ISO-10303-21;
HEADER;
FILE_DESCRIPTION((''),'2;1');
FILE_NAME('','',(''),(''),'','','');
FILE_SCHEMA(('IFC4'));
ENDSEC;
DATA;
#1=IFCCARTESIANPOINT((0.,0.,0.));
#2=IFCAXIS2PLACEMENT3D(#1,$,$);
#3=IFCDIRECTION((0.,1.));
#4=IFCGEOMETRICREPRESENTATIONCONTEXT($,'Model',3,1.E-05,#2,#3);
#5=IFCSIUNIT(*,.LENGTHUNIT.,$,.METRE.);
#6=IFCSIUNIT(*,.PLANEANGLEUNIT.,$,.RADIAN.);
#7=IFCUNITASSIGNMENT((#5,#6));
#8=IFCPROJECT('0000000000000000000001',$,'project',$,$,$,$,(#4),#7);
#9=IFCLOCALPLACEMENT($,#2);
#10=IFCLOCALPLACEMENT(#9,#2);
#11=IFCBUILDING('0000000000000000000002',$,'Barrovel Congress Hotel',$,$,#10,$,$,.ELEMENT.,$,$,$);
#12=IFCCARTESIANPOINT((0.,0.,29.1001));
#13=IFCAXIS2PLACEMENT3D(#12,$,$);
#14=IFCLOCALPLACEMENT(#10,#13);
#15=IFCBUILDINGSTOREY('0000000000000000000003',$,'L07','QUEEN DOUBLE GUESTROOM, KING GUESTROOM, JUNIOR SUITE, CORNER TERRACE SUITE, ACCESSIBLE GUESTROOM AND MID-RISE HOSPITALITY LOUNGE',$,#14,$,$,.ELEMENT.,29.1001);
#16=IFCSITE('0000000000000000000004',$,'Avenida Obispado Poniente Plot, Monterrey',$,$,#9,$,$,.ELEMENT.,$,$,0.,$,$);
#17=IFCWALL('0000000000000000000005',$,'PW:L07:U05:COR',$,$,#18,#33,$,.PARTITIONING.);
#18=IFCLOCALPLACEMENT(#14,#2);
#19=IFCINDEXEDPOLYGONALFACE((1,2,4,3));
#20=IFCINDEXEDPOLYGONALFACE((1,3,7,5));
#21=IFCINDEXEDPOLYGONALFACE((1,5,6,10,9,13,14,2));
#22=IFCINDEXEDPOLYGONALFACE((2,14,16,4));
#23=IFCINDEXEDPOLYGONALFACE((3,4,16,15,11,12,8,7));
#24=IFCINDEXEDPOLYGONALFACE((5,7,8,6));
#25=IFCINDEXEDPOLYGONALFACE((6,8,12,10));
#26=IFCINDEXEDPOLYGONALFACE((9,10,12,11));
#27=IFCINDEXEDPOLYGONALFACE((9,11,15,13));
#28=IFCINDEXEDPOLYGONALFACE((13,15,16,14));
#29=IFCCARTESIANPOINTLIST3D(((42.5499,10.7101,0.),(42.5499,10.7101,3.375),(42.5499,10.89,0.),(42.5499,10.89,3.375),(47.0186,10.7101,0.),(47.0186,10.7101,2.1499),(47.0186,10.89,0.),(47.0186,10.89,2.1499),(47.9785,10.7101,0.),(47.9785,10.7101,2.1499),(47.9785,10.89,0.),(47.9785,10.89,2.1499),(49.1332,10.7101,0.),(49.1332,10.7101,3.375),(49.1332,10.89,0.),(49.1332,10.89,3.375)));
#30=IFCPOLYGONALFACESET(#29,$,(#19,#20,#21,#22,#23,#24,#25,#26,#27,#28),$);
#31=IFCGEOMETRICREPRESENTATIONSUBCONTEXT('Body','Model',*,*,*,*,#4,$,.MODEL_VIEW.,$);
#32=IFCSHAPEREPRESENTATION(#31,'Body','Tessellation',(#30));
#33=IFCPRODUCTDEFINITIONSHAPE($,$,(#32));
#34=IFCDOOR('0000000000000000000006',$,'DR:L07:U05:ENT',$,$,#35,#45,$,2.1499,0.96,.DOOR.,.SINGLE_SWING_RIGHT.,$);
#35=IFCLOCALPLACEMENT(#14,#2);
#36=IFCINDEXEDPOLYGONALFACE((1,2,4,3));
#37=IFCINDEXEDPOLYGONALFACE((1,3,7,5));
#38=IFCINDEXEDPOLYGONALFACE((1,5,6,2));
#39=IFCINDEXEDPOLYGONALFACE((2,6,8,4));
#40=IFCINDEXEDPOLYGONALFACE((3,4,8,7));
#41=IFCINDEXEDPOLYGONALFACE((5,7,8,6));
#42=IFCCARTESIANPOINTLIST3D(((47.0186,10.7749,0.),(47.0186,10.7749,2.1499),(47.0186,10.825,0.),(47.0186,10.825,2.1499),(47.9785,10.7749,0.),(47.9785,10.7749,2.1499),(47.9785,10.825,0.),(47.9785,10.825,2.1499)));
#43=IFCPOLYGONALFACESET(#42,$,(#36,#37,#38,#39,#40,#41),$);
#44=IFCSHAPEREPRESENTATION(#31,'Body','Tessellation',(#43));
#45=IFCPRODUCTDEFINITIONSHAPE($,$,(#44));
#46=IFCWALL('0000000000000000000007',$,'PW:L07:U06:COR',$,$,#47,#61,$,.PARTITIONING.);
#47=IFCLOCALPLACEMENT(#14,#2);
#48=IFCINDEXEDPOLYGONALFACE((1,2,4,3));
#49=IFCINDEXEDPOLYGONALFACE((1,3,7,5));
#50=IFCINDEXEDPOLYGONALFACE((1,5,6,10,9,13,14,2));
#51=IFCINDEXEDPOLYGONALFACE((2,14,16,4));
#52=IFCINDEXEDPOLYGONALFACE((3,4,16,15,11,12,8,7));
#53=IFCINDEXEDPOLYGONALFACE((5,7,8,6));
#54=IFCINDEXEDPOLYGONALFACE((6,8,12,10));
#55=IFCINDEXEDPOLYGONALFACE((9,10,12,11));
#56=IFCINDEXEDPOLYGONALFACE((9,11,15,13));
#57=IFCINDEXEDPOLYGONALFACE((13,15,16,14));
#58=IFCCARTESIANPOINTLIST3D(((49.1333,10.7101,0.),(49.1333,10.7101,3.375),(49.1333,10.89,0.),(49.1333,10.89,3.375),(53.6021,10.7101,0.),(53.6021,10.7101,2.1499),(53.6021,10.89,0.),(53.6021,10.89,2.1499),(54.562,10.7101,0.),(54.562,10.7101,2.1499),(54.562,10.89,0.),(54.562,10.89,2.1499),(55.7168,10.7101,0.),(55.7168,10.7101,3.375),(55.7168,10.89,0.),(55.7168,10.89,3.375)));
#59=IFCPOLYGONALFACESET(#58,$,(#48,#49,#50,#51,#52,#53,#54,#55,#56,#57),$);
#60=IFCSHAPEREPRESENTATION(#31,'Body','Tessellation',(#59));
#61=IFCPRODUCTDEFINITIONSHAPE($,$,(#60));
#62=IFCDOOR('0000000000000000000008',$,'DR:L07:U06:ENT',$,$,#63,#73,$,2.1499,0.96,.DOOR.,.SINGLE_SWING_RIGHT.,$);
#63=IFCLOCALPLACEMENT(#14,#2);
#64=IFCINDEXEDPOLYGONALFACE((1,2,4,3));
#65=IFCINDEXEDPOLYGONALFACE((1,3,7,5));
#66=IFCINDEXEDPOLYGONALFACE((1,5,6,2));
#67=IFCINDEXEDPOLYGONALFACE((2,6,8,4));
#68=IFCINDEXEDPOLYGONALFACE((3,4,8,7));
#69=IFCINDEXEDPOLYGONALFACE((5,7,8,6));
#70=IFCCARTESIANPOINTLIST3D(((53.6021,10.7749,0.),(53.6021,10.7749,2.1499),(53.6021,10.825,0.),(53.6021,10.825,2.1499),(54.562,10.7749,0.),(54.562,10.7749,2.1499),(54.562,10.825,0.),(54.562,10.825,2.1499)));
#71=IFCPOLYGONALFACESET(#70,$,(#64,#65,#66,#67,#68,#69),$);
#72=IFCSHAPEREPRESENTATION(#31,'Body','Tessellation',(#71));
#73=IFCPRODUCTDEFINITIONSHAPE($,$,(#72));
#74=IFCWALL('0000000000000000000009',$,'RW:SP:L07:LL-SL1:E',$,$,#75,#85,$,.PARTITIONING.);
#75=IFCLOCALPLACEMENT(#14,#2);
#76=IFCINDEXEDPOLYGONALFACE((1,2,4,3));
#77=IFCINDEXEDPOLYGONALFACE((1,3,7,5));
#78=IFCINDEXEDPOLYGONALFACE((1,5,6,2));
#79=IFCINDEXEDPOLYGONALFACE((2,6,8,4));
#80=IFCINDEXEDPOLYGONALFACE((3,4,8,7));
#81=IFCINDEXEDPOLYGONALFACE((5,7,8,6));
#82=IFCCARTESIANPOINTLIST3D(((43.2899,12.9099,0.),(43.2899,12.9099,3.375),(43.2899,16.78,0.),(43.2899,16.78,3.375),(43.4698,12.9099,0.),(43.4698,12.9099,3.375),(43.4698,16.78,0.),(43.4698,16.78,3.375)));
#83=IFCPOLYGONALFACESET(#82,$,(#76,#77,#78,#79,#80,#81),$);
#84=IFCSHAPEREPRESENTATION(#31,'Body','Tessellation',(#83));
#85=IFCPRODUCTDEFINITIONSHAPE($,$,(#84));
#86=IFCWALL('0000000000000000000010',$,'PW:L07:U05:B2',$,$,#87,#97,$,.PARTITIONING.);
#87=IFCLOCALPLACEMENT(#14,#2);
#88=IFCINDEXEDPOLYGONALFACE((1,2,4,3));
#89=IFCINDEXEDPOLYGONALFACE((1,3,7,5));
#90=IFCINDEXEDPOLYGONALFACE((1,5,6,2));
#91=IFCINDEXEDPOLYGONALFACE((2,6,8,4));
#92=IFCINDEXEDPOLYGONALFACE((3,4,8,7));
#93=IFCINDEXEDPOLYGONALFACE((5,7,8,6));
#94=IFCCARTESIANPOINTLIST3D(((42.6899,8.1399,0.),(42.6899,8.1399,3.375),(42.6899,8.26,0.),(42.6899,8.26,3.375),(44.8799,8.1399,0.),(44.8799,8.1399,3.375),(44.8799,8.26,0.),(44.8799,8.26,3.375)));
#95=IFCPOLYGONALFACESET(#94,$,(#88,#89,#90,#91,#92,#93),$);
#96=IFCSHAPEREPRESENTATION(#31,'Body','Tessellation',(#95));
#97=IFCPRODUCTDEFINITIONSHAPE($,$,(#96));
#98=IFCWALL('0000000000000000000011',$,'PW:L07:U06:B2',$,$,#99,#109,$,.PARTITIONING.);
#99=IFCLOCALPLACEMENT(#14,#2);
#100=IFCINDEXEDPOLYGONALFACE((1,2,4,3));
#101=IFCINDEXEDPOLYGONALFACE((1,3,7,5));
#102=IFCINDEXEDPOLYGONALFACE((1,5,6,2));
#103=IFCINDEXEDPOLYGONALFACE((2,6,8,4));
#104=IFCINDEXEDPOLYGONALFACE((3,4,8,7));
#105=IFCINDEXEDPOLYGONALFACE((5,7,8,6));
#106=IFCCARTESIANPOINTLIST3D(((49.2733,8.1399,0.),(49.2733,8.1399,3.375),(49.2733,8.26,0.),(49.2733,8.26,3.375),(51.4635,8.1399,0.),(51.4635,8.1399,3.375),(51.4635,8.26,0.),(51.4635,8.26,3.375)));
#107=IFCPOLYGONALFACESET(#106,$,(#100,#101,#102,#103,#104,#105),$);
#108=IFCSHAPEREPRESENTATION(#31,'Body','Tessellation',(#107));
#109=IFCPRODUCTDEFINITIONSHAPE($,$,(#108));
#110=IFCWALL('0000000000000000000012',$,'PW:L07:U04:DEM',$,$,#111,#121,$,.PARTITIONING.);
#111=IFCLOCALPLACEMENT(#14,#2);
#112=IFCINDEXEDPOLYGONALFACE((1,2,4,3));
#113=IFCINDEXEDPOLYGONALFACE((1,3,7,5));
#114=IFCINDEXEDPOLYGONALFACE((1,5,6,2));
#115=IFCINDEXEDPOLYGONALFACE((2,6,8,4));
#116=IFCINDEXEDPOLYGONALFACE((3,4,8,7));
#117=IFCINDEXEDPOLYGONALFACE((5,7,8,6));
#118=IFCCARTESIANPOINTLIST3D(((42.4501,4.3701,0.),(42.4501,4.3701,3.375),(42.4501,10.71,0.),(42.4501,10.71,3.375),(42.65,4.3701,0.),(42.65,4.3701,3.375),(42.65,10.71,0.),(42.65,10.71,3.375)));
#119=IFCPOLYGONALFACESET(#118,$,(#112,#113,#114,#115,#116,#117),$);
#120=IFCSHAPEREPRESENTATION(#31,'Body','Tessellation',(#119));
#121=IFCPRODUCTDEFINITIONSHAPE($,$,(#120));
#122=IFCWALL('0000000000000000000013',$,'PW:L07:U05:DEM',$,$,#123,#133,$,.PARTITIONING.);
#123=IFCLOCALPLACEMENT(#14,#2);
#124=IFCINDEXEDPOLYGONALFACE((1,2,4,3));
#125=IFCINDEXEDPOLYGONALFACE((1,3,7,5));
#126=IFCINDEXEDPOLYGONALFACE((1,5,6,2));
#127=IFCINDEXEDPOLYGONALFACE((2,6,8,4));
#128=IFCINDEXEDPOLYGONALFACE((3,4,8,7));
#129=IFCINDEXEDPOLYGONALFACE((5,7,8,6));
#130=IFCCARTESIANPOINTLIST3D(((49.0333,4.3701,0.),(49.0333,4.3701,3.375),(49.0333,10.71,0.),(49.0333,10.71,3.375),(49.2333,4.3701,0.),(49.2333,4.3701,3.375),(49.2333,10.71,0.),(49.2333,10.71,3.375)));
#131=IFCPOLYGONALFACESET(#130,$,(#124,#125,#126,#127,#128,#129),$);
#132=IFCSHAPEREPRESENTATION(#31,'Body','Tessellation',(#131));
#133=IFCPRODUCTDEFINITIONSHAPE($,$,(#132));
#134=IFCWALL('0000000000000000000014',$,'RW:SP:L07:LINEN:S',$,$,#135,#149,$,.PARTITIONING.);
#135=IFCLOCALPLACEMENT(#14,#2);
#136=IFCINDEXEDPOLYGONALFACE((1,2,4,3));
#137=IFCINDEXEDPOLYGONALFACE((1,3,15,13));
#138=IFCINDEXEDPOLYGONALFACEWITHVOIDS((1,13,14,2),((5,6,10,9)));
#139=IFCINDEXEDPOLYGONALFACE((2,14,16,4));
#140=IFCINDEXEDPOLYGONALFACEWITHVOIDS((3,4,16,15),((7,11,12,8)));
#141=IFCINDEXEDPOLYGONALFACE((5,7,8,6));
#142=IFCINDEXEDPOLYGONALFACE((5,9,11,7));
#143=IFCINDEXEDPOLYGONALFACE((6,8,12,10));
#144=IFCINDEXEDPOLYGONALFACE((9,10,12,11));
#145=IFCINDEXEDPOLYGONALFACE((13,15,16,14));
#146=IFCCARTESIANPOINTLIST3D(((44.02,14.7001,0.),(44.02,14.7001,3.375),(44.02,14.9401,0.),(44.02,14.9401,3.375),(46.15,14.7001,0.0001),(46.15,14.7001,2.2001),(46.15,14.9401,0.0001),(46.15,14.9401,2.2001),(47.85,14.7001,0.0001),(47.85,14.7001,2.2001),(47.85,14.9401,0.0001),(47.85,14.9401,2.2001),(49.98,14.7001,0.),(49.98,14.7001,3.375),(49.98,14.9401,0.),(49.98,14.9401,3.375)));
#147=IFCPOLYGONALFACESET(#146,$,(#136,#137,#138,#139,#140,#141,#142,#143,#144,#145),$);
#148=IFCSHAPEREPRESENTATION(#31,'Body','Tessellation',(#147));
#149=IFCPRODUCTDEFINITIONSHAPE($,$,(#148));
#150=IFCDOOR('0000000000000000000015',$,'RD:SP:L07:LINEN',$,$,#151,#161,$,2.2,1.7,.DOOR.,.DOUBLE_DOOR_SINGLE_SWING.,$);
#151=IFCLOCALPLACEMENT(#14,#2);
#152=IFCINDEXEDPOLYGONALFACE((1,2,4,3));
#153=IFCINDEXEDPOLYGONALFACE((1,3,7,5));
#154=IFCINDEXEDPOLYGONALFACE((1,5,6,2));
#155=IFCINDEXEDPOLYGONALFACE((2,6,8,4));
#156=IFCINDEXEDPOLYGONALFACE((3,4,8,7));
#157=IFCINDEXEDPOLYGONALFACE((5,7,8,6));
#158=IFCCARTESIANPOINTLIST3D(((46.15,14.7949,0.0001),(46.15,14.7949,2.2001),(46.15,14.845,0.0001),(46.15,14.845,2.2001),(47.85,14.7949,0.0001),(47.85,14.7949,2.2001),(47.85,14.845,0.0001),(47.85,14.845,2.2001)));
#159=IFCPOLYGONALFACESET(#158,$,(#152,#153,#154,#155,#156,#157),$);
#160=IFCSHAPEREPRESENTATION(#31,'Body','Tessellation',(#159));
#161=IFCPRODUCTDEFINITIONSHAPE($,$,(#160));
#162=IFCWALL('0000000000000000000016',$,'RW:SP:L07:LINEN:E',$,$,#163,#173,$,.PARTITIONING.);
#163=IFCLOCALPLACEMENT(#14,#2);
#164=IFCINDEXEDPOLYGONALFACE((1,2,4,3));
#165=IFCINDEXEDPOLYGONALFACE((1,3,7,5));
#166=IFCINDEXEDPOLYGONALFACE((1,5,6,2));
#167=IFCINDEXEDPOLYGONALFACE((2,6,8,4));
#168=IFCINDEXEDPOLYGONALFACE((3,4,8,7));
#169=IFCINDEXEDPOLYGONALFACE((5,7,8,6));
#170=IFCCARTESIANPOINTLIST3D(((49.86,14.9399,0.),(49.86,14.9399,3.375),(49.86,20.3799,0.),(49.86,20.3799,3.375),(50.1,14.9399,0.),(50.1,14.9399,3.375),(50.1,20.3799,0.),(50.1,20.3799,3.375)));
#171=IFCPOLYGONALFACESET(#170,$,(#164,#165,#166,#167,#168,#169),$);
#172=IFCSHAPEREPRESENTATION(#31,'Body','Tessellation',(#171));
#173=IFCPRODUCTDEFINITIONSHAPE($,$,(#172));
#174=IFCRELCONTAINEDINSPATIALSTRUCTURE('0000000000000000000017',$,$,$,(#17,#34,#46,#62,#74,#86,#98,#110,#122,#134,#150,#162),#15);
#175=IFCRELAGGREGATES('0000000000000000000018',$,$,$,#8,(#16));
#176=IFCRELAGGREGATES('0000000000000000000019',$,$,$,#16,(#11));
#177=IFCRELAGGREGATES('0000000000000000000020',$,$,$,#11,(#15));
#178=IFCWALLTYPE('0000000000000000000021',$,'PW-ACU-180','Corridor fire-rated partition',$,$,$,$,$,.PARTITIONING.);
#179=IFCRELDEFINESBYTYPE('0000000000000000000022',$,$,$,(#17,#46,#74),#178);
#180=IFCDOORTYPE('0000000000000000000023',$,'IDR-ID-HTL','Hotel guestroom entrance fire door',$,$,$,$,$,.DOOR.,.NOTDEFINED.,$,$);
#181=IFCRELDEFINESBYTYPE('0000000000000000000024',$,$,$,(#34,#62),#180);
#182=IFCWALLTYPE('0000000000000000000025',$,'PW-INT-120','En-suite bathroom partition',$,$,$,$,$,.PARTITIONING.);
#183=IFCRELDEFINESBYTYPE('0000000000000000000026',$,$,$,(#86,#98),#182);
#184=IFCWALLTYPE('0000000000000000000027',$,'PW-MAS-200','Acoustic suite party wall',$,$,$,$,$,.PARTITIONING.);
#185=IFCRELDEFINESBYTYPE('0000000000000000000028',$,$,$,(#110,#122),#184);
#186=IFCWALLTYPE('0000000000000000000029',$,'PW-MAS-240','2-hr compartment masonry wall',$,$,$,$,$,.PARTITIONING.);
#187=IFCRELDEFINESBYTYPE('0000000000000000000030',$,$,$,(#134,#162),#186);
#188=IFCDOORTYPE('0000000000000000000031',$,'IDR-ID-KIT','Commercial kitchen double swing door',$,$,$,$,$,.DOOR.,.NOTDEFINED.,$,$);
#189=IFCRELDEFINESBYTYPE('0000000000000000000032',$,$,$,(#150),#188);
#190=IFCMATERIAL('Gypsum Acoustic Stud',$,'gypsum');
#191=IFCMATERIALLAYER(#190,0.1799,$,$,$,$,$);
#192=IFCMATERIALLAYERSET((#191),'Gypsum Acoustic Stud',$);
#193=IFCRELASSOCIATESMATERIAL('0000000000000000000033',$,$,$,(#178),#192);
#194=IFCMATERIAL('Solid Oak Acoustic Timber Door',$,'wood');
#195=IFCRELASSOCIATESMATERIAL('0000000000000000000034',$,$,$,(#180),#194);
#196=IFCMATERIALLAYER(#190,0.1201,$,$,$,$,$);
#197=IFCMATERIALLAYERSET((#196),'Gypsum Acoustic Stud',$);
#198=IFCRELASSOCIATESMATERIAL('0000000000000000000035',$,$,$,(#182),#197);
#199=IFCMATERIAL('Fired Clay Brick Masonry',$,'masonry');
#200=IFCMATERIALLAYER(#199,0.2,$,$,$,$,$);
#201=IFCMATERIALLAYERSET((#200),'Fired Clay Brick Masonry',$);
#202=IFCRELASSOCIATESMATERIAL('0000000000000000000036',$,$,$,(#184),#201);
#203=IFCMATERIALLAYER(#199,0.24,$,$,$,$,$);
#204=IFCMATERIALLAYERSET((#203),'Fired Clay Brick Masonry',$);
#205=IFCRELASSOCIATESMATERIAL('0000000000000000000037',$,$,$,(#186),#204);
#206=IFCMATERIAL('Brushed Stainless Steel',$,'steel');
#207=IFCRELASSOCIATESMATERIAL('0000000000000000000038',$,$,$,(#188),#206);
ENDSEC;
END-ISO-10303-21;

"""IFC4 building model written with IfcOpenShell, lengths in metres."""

from ifc_helpers import new_model, si_unit, direction, frame, frame_2d, origin, place, context, subcontext, project, spatial, rectangle, extrude, material, layer, layer_set, type_object, element, fill, save


model = new_model("IFC4")

# Units and contexts
model_context = context("Model", 3, precision=1e-05, world=origin(), true_north=direction((0.0, 1.0)))
body_context = subcontext(model_context, "Body", "Model", "MODEL_VIEW")
ifc_project = project(units=[si_unit("LENGTHUNIT", "METRE"), si_unit("PLANEANGLEUNIT", "RADIAN")], contexts=[model_context])

# Site, building, storey
site_placement = place(None, origin())
site = spatial("IfcSite", under=ifc_project, at=site_placement, Name="Avenida Obispado Poniente Plot, Monterrey", CompositionType="ELEMENT", RefElevation=0.0)
building_placement = place(site_placement, origin())
building = spatial("IfcBuilding", under=site, at=building_placement, Name="Barrovel Congress Hotel", CompositionType="ELEMENT")
storey_placement = place(building_placement, frame((0.0, 0.0, 29.1001)))
storey = spatial("IfcBuildingStorey", under=building, at=storey_placement, Name="L07", Description="QUEEN DOUBLE GUESTROOM, KING GUESTROOM, JUNIOR SUITE, CORNER TERRACE SUITE, ACCESSIBLE GUESTROOM AND MID-RISE HOSPITALITY LOUNGE", CompositionType="ELEMENT", Elevation=29.1001)

# Shared definitions
ifc_material_1 = material(Name="Fired Clay Brick Masonry", Category="masonry")

# Walls, openings, doors
ifc_material_2 = material(Name="Gypsum Acoustic Stud", Category="gypsum")
ifc_layer_1 = layer(ifc_material_2, 0.1799)
ifc_layer_set_1 = layer_set([ifc_layer_1], Name="Gypsum Acoustic Stud")
wall_type_1 = type_object("IfcWallType", Name="PW-ACU-180", Description="Corridor fire-rated partition", PredefinedType="PARTITIONING", material=ifc_layer_set_1)
wall_1_placement = place(storey_placement, frame((42.55, 10.8, 0.0), z_axis=(0.0, 0.0, 1.0), x_axis=(1.0, 0.0, 0.0)))
wall_1 = element("IfcWall", 1, at=wall_1_placement, inside=storey, type_object=wall_type_1, Name="PW:L07:U05:COR", PredefinedType="PARTITIONING", context=body_context, shape_type="SweptSolid", body=[
    extrude(rectangle(XDim=6.5833, YDim=0.1799, at=frame_2d((3.2915, 0.0))), origin(), (0.0, 0.0, 1.0), 3.375),
])
opening_1_placement = place(wall_1_placement, frame((4.4685, 0.0, 0.0)))
opening_1 = element("IfcOpeningElement", 2, at=opening_1_placement, cuts=wall_1, PredefinedType="OPENING", context=body_context, shape_type="SweptSolid", body=[
    extrude(rectangle(XDim=0.96, YDim=2.1499, at=frame_2d((0.48, 1.075))), frame((0.0, 0.1001, 0.0), z_axis=(0.0, -1.0, 0.0), x_axis=(1.0, 0.0, 0.0)), (0.0, 0.0, 1.0), 0.2),
])
ifc_material_3 = material(Name="Solid Oak Acoustic Timber Door", Category="wood")
door_type_1 = type_object("IfcDoorType", Name="IDR-ID-HTL", Description="Hotel guestroom entrance fire door", OperationType="NOTDEFINED", PredefinedType="DOOR", material=ifc_material_3)
door_1_placement = place(opening_1_placement, origin())
door_1 = element("IfcDoor", 3, at=door_1_placement, inside=storey, type_object=door_type_1, Name="DR:L07:U05:ENT", OperationType="SINGLE_SWING_RIGHT", OverallHeight=2.1499, OverallWidth=0.96, PredefinedType="DOOR", context=body_context, shape_type="SweptSolid", body=[
    extrude(rectangle(XDim=0.96, YDim=2.1499, at=frame_2d((0.48, 1.075))), frame((0.0, 0.0249, 0.0), z_axis=(0.0, -1.0, 0.0), x_axis=(1.0, 0.0, 0.0)), (0.0, 0.0, 1.0), 0.05),
])
fill(opening_1, door_1)
wall_2_placement = place(storey_placement, frame((49.1333, 10.8, 0.0), z_axis=(0.0, 0.0, 1.0), x_axis=(1.0, 0.0, 0.0)))
wall_2 = element("IfcWall", 4, at=wall_2_placement, inside=storey, type_object=wall_type_1, Name="PW:L07:U06:COR", PredefinedType="PARTITIONING", context=body_context, shape_type="SweptSolid", body=[
    extrude(rectangle(XDim=6.5835, YDim=0.1799, at=frame_2d((3.2917, 0.0))), origin(), (0.0, 0.0, 1.0), 3.375),
])
opening_2_placement = place(wall_2_placement, frame((4.4688, 0.0, 0.0)))
opening_2 = element("IfcOpeningElement", 5, at=opening_2_placement, cuts=wall_2, PredefinedType="OPENING", context=body_context, shape_type="SweptSolid", body=[
    extrude(rectangle(XDim=0.96, YDim=2.1499, at=frame_2d((0.48, 1.075))), frame((0.0, 0.1001, 0.0), z_axis=(0.0, -1.0, 0.0), x_axis=(1.0, 0.0, 0.0)), (0.0, 0.0, 1.0), 0.2),
])
door_2_placement = place(opening_2_placement, origin())
door_2 = element("IfcDoor", 6, at=door_2_placement, inside=storey, type_object=door_type_1, Name="DR:L07:U06:ENT", OperationType="SINGLE_SWING_RIGHT", OverallHeight=2.1499, OverallWidth=0.96, PredefinedType="DOOR", context=body_context, shape_type="SweptSolid", body=[
    extrude(rectangle(XDim=0.96, YDim=2.1499, at=frame_2d((0.48, 1.075))), frame((0.0, 0.0249, 0.0), z_axis=(0.0, -1.0, 0.0), x_axis=(1.0, 0.0, 0.0)), (0.0, 0.0, 1.0), 0.05),
])
fill(opening_2, door_2)

# Walls
wall_3_placement = place(storey_placement, frame((43.3799, 12.9099, 0.0), z_axis=(0.0, 0.0, 1.0), x_axis=(0.0, 1.0, 0.0)))
element("IfcWall", 7, at=wall_3_placement, inside=storey, type_object=wall_type_1, Name="RW:SP:L07:LL-SL1:E", PredefinedType="PARTITIONING", context=body_context, shape_type="SweptSolid", body=[
    extrude(rectangle(XDim=3.8701, YDim=0.1799, at=frame_2d((1.9351, 0.0))), origin(), (0.0, 0.0, 1.0), 3.375),
])
ifc_layer_2 = layer(ifc_material_2, 0.1201)
ifc_layer_set_2 = layer_set([ifc_layer_2], Name="Gypsum Acoustic Stud")
wall_type_2 = type_object("IfcWallType", Name="PW-INT-120", Description="En-suite bathroom partition", PredefinedType="PARTITIONING", material=ifc_layer_set_2)
wall_4_placement = place(storey_placement, frame((42.6899, 8.2, 0.0), z_axis=(0.0, 0.0, 1.0), x_axis=(1.0, 0.0, 0.0)))
element("IfcWall", 8, at=wall_4_placement, inside=storey, type_object=wall_type_2, Name="PW:L07:U05:B2", PredefinedType="PARTITIONING", context=body_context, shape_type="SweptSolid", body=[
    extrude(rectangle(XDim=2.1899, YDim=0.1201, at=frame_2d((1.095, 0.0))), origin(), (0.0, 0.0, 1.0), 3.375),
])
wall_5_placement = place(storey_placement, frame((49.2732, 8.2, 0.0), z_axis=(0.0, 0.0, 1.0), x_axis=(1.0, 0.0, 0.0)))
element("IfcWall", 9, at=wall_5_placement, inside=storey, type_object=wall_type_2, Name="PW:L07:U06:B2", PredefinedType="PARTITIONING", context=body_context, shape_type="SweptSolid", body=[
    extrude(rectangle(XDim=2.1902, YDim=0.1201, at=frame_2d((1.0952, 0.0))), origin(), (0.0, 0.0, 1.0), 3.375),
])
ifc_layer_3 = layer(ifc_material_1, 0.2)
ifc_layer_set_3 = layer_set([ifc_layer_3], Name="Fired Clay Brick Masonry")
wall_type_3 = type_object("IfcWallType", Name="PW-MAS-200", Description="Acoustic suite party wall", PredefinedType="PARTITIONING", material=ifc_layer_set_3)
for number, where, z_axis, x_axis, name in (
    (10, (42.55, 4.3701, 0.0), (0.0, 0.0, 1.0), (0.0, 1.0, 0.0), "PW:L07:U04:DEM"),
    (11, (49.1333, 4.3701, 0.0), (0.0, 0.0, 1.0), (0.0, 1.0, 0.0), "PW:L07:U05:DEM"),
):
    element("IfcWall", number, at=place(storey_placement, frame(where, z_axis=z_axis, x_axis=x_axis)), inside=storey, type_object=wall_type_3, Name=name, PredefinedType="PARTITIONING", context=body_context, shape_type="SweptSolid", body=[
        extrude(rectangle(XDim=6.3398, YDim=0.2, at=frame_2d((3.1699, 0.0))), origin(), (0.0, 0.0, 1.0), 3.375),
    ])

# Wall, opening, door
ifc_layer_4 = layer(ifc_material_1, 0.24)
ifc_layer_set_4 = layer_set([ifc_layer_4], Name="Fired Clay Brick Masonry")
wall_type_4 = type_object("IfcWallType", Name="PW-MAS-240", Description="2-hr compartment masonry wall", PredefinedType="PARTITIONING", material=ifc_layer_set_4)
wall_6_placement = place(storey_placement, frame((44.02, 14.8201, 0.0), z_axis=(0.0, 0.0, 1.0), x_axis=(1.0, 0.0, 0.0)))
wall_6 = element("IfcWall", 12, at=wall_6_placement, inside=storey, type_object=wall_type_4, Name="RW:SP:L07:LINEN:S", PredefinedType="PARTITIONING", context=body_context, shape_type="SweptSolid", body=[
    extrude(rectangle(XDim=5.96, YDim=0.24, at=frame_2d((2.98, 0.0))), origin(), (0.0, 0.0, 1.0), 3.375),
])
opening_3_placement = place(wall_6_placement, frame((2.1299, 0.0, 0.0)))
opening_3 = element("IfcOpeningElement", 13, at=opening_3_placement, cuts=wall_6, PredefinedType="OPENING", context=body_context, shape_type="SweptSolid", body=[
    extrude(rectangle(XDim=1.7, YDim=2.2, at=frame_2d((0.8501, 1.1001))), frame((0.0, 0.1299, 0.0), z_axis=(0.0, -1.0, 0.0), x_axis=(1.0, 0.0, 0.0)), (0.0, 0.0, 1.0), 0.26),
])
ifc_material_4 = material(Name="Brushed Stainless Steel", Category="steel")
door_type_2 = type_object("IfcDoorType", Name="IDR-ID-KIT", Description="Commercial kitchen double swing door", OperationType="NOTDEFINED", PredefinedType="DOOR", material=ifc_material_4)
door_3_placement = place(opening_3_placement, origin())
door_3 = element("IfcDoor", 14, at=door_3_placement, inside=storey, type_object=door_type_2, Name="RD:SP:L07:LINEN", OperationType="DOUBLE_DOOR_SINGLE_SWING", OverallHeight=2.2, OverallWidth=1.7, PredefinedType="DOOR", context=body_context, shape_type="SweptSolid", body=[
    extrude(rectangle(XDim=1.7, YDim=2.2, at=frame_2d((0.8501, 1.1001))), frame((0.0, 0.0249, 0.0), z_axis=(0.0, -1.0, 0.0), x_axis=(1.0, 0.0, 0.0)), (0.0, 0.0, 1.0), 0.05),
])
fill(opening_3, door_3)

# Wall
wall_7_placement = place(storey_placement, frame((49.98, 14.9399, 0.0), z_axis=(0.0, 0.0, 1.0), x_axis=(0.0, 1.0, 0.0)))
element("IfcWall", 15, at=wall_7_placement, inside=storey, type_object=wall_type_4, Name="RW:SP:L07:LINEN:E", PredefinedType="PARTITIONING", context=body_context, shape_type="SweptSolid", body=[
    extrude(rectangle(XDim=5.4399, YDim=0.24, at=frame_2d((2.72, 0.0))), origin(), (0.0, 0.0, 1.0), 3.375),
])

save(model, "model.ifc")
